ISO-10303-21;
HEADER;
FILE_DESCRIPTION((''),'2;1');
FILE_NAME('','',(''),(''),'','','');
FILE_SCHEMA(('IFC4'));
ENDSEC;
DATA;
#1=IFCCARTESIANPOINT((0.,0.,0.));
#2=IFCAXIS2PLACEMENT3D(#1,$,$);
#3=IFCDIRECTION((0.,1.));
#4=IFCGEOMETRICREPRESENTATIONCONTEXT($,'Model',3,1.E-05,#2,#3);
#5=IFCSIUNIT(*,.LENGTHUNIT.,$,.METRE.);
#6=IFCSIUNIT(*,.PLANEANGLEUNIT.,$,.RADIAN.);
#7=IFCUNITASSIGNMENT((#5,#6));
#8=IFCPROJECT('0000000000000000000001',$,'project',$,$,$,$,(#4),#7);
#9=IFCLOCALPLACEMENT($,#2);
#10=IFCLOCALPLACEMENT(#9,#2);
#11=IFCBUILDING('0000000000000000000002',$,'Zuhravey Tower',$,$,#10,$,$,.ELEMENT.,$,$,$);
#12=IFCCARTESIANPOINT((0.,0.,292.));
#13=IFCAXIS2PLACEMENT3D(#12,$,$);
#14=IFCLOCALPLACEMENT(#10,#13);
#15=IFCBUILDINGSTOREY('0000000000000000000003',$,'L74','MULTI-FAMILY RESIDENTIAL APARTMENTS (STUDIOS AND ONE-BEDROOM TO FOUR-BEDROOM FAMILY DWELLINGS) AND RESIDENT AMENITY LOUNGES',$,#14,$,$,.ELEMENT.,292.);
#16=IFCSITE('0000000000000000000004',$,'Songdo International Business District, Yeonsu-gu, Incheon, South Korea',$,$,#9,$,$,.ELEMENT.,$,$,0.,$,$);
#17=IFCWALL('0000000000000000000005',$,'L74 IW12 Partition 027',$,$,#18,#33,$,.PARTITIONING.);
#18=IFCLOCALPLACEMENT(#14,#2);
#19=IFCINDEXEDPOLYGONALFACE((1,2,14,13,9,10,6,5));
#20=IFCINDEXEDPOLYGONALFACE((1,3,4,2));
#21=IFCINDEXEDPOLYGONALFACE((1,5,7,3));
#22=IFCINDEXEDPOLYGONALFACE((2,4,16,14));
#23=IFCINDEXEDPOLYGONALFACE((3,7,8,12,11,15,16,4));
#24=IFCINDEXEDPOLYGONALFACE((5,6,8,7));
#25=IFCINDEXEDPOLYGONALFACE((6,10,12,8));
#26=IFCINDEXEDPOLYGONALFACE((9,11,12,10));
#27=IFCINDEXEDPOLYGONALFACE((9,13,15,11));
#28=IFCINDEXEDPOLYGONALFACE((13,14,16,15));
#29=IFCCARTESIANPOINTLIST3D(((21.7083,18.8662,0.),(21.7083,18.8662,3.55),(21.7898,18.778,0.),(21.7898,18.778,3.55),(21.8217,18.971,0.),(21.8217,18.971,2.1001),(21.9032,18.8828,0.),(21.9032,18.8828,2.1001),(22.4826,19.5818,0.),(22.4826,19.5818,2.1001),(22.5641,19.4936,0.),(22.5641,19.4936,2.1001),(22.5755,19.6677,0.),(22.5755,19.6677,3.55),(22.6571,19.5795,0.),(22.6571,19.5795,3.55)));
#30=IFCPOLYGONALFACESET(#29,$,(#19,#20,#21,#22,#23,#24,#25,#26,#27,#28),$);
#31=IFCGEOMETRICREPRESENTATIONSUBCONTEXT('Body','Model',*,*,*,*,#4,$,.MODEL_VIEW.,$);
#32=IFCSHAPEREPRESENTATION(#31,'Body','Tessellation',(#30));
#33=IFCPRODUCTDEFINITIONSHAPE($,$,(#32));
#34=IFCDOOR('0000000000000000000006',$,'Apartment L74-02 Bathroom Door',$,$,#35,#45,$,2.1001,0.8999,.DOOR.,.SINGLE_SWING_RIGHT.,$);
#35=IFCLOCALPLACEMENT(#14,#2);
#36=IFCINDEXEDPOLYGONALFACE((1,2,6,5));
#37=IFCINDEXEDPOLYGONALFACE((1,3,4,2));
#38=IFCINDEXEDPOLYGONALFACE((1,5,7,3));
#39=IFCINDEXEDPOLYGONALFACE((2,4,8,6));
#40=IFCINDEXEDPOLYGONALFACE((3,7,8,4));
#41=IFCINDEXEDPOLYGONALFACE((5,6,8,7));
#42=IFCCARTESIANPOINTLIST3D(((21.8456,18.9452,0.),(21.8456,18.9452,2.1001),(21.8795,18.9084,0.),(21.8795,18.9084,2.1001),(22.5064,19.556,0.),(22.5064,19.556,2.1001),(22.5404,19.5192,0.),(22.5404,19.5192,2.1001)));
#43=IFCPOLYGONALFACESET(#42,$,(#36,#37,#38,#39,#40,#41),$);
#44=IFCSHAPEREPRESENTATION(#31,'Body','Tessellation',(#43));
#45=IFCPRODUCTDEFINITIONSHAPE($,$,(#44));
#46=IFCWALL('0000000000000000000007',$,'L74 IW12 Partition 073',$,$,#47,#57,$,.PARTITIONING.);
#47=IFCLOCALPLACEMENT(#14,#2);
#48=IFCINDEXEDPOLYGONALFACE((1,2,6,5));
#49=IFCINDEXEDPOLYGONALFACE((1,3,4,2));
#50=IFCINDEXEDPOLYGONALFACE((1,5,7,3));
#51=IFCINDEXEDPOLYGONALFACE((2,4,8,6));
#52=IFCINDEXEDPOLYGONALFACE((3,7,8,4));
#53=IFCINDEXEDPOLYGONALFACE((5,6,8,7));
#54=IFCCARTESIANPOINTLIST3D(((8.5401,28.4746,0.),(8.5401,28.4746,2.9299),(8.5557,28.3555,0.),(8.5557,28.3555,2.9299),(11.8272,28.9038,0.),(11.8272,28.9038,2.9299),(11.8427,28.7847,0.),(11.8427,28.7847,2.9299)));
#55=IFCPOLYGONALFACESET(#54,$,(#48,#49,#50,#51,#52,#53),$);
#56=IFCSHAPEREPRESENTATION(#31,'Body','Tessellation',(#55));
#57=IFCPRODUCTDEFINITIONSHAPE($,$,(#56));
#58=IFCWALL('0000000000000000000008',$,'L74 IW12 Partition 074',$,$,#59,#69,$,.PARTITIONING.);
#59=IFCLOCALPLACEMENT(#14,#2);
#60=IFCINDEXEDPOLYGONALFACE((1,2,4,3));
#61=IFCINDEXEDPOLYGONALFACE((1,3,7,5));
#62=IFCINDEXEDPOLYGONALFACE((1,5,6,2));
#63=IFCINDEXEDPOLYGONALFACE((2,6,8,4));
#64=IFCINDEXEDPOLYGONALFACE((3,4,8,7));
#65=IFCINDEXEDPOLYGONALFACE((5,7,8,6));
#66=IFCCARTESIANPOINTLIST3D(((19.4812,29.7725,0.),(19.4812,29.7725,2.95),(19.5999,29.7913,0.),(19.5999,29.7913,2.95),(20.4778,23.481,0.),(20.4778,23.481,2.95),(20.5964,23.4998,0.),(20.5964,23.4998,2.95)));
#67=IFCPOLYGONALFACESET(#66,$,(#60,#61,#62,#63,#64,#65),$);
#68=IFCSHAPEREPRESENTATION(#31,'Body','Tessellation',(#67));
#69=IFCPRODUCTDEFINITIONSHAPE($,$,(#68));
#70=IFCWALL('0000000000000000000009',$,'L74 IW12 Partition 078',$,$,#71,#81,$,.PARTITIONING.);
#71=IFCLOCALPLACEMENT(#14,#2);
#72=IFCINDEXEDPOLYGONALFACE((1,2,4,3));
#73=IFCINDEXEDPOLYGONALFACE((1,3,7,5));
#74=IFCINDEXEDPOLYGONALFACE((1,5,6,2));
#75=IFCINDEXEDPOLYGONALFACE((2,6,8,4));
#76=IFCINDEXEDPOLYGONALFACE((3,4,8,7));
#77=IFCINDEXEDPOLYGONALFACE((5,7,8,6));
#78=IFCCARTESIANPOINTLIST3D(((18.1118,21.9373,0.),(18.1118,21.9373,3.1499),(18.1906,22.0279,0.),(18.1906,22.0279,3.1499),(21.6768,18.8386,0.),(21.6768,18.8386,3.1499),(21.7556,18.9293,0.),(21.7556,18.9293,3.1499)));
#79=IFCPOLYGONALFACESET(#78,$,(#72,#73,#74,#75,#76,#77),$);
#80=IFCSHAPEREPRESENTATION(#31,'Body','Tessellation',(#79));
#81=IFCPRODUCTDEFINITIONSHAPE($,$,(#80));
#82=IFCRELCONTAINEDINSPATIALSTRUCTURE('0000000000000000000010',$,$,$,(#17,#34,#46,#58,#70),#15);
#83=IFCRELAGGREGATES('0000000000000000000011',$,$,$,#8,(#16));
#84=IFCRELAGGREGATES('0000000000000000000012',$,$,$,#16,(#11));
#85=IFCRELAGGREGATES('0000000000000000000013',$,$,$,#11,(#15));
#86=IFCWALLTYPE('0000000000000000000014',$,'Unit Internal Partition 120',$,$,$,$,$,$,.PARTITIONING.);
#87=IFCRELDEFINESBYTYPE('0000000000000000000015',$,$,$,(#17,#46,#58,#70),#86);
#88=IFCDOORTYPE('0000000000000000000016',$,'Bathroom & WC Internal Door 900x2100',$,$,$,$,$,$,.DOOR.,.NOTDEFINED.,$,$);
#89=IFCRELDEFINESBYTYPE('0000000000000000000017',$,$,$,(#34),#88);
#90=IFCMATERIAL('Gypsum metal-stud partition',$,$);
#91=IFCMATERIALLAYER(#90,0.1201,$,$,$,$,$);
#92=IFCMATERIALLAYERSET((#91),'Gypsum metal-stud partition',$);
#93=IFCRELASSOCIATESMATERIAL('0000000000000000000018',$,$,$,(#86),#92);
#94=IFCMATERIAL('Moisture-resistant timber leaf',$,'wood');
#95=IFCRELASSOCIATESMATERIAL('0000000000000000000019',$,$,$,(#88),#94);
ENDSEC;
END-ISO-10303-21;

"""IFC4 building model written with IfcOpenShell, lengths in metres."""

from ifc_helpers import new_model, si_unit, direction, frame, frame_2d, origin, place, context, subcontext, project, spatial, rectangle, extrude, material, layer, layer_set, type_object, element, fill, save


model = new_model("IFC4")

# Units and contexts
model_context = context("Model", 3, precision=1e-05, world=origin(), true_north=direction((0.0, 1.0)))
body_context = subcontext(model_context, "Body", "Model", "MODEL_VIEW")
ifc_project = project(units=[si_unit("LENGTHUNIT", "METRE"), si_unit("PLANEANGLEUNIT", "RADIAN")], contexts=[model_context])

# Site, building, storey
site_placement = place(None, origin())
site = spatial("IfcSite", under=ifc_project, at=site_placement, Name="Songdo International Business District, Yeonsu-gu, Incheon, South Korea", CompositionType="ELEMENT", RefElevation=0.0)
building_placement = place(site_placement, origin())
building = spatial("IfcBuilding", under=site, at=building_placement, Name="Zuhravey Tower", CompositionType="ELEMENT")
storey_placement = place(building_placement, frame((0.0, 0.0, 292.0)))
storey = spatial("IfcBuildingStorey", under=building, at=storey_placement, Name="L74", Description="MULTI-FAMILY RESIDENTIAL APARTMENTS (STUDIOS AND ONE-BEDROOM TO FOUR-BEDROOM FAMILY DWELLINGS) AND RESIDENT AMENITY LOUNGES", CompositionType="ELEMENT", Elevation=292.0)

# Shared definitions
ifc_material_1 = material(Name="Gypsum metal-stud partition")
ifc_layer_1 = layer(ifc_material_1, 0.1201)
ifc_layer_set_1 = layer_set([ifc_layer_1], Name="Gypsum metal-stud partition")
wall_type_1 = type_object("IfcWallType", Name="Unit Internal Partition 120", PredefinedType="PARTITIONING", material=ifc_layer_set_1)

# Wall, opening, door
wall_1_placement = place(storey_placement, frame((22.6162, 19.6235, 0.0), z_axis=(0.0, 0.0, 1.0), x_axis=(-0.734367, -0.678752, 0.0)))
wall_1 = element("IfcWall", 1, at=wall_1_placement, inside=storey, type_object=wall_type_1, Name="L74 IW12 Partition 027", PredefinedType="PARTITIONING", context=body_context, shape_type="SweptSolid", body=[
    extrude(rectangle(XDim=1.1809, YDim=0.1201, at=frame_2d((0.5903, 0.0))), origin(), (0.0, 0.0, 1.0), 3.55),
])
opening_1_placement = place(wall_1_placement, frame((0.1265, 0.0, 0.0)))
opening_1 = element("IfcOpeningElement", 2, at=opening_1_placement, cuts=wall_1, PredefinedType="OPENING", context=body_context, shape_type="SweptSolid", body=[
    extrude(rectangle(XDim=0.8999, YDim=2.1001, at=frame_2d((0.45, 1.05))), frame((0.0, 0.072, 0.0), z_axis=(0.0, -1.0, 0.0), x_axis=(1.0, 0.0, 0.0)), (0.0, 0.0, 1.0), 0.144),
])
ifc_material_2 = material(Name="Moisture-resistant timber leaf", Category="wood")
door_type_1 = type_object("IfcDoorType", Name="Bathroom & WC Internal Door 900x2100", OperationType="NOTDEFINED", PredefinedType="DOOR", material=ifc_material_2)
door_1_placement = place(opening_1_placement, frame((0.8999, 0.0, 0.0), z_axis=(0.0, 0.0, 1.0), x_axis=(-1.0, 0.0, 0.0)))
door_1 = element("IfcDoor", 3, at=door_1_placement, inside=storey, type_object=door_type_1, Name="Apartment L74-02 Bathroom Door", OperationType="SINGLE_SWING_RIGHT", OverallHeight=2.1001, OverallWidth=0.8999, PredefinedType="DOOR", context=body_context, shape_type="SweptSolid", body=[
    extrude(rectangle(XDim=0.8999, YDim=2.1001, at=frame_2d((0.45, 1.05))), frame((0.0, 0.0249, 0.0), z_axis=(0.0, -1.0, 0.0), x_axis=(1.0, 0.0, 0.0)), (0.0, 0.0, 1.0), 0.05),
])
fill(opening_1, door_1)

# Walls
wall_2_placement = place(storey_placement, frame((11.835, 28.8442, 0.0), z_axis=(0.0, 0.0, 1.0), x_axis=(-0.991583, -0.129471, 0.0)))
element("IfcWall", 4, at=wall_2_placement, inside=storey, type_object=wall_type_1, Name="L74 IW12 Partition 073", PredefinedType="PARTITIONING", context=body_context, shape_type="SweptSolid", body=[
    extrude(rectangle(XDim=3.3149, YDim=0.1201, at=frame_2d((1.6575, 0.0))), origin(), (0.0, 0.0, 1.0), 2.9299),
])
wall_3_placement = place(storey_placement, frame((19.5405, 29.782, 0.0), z_axis=(0.0, 0.0, 1.0), x_axis=(0.156451, -0.987686, 0.0)))
element("IfcWall", 5, at=wall_3_placement, inside=storey, type_object=wall_type_1, Name="L74 IW12 Partition 074", PredefinedType="PARTITIONING", context=body_context, shape_type="SweptSolid", body=[
    extrude(rectangle(XDim=6.3699, YDim=0.1201, at=frame_2d((3.1851, 0.0))), origin(), (0.0, 0.0, 1.0), 2.95),
])
wall_4_placement = place(storey_placement, frame((18.1511, 21.9827, 0.0), z_axis=(0.0, 0.0, 1.0), x_axis=(0.754743, -0.65602, 0.0)))
element("IfcWall", 6, at=wall_4_placement, inside=storey, type_object=wall_type_1, Name="L74 IW12 Partition 078", PredefinedType="PARTITIONING", context=body_context, shape_type="SweptSolid", body=[
    extrude(rectangle(XDim=4.7234, YDim=0.1201, at=frame_2d((2.3618, 0.0))), origin(), (0.0, 0.0, 1.0), 3.1499),
])

save(model, "model.ifc")
